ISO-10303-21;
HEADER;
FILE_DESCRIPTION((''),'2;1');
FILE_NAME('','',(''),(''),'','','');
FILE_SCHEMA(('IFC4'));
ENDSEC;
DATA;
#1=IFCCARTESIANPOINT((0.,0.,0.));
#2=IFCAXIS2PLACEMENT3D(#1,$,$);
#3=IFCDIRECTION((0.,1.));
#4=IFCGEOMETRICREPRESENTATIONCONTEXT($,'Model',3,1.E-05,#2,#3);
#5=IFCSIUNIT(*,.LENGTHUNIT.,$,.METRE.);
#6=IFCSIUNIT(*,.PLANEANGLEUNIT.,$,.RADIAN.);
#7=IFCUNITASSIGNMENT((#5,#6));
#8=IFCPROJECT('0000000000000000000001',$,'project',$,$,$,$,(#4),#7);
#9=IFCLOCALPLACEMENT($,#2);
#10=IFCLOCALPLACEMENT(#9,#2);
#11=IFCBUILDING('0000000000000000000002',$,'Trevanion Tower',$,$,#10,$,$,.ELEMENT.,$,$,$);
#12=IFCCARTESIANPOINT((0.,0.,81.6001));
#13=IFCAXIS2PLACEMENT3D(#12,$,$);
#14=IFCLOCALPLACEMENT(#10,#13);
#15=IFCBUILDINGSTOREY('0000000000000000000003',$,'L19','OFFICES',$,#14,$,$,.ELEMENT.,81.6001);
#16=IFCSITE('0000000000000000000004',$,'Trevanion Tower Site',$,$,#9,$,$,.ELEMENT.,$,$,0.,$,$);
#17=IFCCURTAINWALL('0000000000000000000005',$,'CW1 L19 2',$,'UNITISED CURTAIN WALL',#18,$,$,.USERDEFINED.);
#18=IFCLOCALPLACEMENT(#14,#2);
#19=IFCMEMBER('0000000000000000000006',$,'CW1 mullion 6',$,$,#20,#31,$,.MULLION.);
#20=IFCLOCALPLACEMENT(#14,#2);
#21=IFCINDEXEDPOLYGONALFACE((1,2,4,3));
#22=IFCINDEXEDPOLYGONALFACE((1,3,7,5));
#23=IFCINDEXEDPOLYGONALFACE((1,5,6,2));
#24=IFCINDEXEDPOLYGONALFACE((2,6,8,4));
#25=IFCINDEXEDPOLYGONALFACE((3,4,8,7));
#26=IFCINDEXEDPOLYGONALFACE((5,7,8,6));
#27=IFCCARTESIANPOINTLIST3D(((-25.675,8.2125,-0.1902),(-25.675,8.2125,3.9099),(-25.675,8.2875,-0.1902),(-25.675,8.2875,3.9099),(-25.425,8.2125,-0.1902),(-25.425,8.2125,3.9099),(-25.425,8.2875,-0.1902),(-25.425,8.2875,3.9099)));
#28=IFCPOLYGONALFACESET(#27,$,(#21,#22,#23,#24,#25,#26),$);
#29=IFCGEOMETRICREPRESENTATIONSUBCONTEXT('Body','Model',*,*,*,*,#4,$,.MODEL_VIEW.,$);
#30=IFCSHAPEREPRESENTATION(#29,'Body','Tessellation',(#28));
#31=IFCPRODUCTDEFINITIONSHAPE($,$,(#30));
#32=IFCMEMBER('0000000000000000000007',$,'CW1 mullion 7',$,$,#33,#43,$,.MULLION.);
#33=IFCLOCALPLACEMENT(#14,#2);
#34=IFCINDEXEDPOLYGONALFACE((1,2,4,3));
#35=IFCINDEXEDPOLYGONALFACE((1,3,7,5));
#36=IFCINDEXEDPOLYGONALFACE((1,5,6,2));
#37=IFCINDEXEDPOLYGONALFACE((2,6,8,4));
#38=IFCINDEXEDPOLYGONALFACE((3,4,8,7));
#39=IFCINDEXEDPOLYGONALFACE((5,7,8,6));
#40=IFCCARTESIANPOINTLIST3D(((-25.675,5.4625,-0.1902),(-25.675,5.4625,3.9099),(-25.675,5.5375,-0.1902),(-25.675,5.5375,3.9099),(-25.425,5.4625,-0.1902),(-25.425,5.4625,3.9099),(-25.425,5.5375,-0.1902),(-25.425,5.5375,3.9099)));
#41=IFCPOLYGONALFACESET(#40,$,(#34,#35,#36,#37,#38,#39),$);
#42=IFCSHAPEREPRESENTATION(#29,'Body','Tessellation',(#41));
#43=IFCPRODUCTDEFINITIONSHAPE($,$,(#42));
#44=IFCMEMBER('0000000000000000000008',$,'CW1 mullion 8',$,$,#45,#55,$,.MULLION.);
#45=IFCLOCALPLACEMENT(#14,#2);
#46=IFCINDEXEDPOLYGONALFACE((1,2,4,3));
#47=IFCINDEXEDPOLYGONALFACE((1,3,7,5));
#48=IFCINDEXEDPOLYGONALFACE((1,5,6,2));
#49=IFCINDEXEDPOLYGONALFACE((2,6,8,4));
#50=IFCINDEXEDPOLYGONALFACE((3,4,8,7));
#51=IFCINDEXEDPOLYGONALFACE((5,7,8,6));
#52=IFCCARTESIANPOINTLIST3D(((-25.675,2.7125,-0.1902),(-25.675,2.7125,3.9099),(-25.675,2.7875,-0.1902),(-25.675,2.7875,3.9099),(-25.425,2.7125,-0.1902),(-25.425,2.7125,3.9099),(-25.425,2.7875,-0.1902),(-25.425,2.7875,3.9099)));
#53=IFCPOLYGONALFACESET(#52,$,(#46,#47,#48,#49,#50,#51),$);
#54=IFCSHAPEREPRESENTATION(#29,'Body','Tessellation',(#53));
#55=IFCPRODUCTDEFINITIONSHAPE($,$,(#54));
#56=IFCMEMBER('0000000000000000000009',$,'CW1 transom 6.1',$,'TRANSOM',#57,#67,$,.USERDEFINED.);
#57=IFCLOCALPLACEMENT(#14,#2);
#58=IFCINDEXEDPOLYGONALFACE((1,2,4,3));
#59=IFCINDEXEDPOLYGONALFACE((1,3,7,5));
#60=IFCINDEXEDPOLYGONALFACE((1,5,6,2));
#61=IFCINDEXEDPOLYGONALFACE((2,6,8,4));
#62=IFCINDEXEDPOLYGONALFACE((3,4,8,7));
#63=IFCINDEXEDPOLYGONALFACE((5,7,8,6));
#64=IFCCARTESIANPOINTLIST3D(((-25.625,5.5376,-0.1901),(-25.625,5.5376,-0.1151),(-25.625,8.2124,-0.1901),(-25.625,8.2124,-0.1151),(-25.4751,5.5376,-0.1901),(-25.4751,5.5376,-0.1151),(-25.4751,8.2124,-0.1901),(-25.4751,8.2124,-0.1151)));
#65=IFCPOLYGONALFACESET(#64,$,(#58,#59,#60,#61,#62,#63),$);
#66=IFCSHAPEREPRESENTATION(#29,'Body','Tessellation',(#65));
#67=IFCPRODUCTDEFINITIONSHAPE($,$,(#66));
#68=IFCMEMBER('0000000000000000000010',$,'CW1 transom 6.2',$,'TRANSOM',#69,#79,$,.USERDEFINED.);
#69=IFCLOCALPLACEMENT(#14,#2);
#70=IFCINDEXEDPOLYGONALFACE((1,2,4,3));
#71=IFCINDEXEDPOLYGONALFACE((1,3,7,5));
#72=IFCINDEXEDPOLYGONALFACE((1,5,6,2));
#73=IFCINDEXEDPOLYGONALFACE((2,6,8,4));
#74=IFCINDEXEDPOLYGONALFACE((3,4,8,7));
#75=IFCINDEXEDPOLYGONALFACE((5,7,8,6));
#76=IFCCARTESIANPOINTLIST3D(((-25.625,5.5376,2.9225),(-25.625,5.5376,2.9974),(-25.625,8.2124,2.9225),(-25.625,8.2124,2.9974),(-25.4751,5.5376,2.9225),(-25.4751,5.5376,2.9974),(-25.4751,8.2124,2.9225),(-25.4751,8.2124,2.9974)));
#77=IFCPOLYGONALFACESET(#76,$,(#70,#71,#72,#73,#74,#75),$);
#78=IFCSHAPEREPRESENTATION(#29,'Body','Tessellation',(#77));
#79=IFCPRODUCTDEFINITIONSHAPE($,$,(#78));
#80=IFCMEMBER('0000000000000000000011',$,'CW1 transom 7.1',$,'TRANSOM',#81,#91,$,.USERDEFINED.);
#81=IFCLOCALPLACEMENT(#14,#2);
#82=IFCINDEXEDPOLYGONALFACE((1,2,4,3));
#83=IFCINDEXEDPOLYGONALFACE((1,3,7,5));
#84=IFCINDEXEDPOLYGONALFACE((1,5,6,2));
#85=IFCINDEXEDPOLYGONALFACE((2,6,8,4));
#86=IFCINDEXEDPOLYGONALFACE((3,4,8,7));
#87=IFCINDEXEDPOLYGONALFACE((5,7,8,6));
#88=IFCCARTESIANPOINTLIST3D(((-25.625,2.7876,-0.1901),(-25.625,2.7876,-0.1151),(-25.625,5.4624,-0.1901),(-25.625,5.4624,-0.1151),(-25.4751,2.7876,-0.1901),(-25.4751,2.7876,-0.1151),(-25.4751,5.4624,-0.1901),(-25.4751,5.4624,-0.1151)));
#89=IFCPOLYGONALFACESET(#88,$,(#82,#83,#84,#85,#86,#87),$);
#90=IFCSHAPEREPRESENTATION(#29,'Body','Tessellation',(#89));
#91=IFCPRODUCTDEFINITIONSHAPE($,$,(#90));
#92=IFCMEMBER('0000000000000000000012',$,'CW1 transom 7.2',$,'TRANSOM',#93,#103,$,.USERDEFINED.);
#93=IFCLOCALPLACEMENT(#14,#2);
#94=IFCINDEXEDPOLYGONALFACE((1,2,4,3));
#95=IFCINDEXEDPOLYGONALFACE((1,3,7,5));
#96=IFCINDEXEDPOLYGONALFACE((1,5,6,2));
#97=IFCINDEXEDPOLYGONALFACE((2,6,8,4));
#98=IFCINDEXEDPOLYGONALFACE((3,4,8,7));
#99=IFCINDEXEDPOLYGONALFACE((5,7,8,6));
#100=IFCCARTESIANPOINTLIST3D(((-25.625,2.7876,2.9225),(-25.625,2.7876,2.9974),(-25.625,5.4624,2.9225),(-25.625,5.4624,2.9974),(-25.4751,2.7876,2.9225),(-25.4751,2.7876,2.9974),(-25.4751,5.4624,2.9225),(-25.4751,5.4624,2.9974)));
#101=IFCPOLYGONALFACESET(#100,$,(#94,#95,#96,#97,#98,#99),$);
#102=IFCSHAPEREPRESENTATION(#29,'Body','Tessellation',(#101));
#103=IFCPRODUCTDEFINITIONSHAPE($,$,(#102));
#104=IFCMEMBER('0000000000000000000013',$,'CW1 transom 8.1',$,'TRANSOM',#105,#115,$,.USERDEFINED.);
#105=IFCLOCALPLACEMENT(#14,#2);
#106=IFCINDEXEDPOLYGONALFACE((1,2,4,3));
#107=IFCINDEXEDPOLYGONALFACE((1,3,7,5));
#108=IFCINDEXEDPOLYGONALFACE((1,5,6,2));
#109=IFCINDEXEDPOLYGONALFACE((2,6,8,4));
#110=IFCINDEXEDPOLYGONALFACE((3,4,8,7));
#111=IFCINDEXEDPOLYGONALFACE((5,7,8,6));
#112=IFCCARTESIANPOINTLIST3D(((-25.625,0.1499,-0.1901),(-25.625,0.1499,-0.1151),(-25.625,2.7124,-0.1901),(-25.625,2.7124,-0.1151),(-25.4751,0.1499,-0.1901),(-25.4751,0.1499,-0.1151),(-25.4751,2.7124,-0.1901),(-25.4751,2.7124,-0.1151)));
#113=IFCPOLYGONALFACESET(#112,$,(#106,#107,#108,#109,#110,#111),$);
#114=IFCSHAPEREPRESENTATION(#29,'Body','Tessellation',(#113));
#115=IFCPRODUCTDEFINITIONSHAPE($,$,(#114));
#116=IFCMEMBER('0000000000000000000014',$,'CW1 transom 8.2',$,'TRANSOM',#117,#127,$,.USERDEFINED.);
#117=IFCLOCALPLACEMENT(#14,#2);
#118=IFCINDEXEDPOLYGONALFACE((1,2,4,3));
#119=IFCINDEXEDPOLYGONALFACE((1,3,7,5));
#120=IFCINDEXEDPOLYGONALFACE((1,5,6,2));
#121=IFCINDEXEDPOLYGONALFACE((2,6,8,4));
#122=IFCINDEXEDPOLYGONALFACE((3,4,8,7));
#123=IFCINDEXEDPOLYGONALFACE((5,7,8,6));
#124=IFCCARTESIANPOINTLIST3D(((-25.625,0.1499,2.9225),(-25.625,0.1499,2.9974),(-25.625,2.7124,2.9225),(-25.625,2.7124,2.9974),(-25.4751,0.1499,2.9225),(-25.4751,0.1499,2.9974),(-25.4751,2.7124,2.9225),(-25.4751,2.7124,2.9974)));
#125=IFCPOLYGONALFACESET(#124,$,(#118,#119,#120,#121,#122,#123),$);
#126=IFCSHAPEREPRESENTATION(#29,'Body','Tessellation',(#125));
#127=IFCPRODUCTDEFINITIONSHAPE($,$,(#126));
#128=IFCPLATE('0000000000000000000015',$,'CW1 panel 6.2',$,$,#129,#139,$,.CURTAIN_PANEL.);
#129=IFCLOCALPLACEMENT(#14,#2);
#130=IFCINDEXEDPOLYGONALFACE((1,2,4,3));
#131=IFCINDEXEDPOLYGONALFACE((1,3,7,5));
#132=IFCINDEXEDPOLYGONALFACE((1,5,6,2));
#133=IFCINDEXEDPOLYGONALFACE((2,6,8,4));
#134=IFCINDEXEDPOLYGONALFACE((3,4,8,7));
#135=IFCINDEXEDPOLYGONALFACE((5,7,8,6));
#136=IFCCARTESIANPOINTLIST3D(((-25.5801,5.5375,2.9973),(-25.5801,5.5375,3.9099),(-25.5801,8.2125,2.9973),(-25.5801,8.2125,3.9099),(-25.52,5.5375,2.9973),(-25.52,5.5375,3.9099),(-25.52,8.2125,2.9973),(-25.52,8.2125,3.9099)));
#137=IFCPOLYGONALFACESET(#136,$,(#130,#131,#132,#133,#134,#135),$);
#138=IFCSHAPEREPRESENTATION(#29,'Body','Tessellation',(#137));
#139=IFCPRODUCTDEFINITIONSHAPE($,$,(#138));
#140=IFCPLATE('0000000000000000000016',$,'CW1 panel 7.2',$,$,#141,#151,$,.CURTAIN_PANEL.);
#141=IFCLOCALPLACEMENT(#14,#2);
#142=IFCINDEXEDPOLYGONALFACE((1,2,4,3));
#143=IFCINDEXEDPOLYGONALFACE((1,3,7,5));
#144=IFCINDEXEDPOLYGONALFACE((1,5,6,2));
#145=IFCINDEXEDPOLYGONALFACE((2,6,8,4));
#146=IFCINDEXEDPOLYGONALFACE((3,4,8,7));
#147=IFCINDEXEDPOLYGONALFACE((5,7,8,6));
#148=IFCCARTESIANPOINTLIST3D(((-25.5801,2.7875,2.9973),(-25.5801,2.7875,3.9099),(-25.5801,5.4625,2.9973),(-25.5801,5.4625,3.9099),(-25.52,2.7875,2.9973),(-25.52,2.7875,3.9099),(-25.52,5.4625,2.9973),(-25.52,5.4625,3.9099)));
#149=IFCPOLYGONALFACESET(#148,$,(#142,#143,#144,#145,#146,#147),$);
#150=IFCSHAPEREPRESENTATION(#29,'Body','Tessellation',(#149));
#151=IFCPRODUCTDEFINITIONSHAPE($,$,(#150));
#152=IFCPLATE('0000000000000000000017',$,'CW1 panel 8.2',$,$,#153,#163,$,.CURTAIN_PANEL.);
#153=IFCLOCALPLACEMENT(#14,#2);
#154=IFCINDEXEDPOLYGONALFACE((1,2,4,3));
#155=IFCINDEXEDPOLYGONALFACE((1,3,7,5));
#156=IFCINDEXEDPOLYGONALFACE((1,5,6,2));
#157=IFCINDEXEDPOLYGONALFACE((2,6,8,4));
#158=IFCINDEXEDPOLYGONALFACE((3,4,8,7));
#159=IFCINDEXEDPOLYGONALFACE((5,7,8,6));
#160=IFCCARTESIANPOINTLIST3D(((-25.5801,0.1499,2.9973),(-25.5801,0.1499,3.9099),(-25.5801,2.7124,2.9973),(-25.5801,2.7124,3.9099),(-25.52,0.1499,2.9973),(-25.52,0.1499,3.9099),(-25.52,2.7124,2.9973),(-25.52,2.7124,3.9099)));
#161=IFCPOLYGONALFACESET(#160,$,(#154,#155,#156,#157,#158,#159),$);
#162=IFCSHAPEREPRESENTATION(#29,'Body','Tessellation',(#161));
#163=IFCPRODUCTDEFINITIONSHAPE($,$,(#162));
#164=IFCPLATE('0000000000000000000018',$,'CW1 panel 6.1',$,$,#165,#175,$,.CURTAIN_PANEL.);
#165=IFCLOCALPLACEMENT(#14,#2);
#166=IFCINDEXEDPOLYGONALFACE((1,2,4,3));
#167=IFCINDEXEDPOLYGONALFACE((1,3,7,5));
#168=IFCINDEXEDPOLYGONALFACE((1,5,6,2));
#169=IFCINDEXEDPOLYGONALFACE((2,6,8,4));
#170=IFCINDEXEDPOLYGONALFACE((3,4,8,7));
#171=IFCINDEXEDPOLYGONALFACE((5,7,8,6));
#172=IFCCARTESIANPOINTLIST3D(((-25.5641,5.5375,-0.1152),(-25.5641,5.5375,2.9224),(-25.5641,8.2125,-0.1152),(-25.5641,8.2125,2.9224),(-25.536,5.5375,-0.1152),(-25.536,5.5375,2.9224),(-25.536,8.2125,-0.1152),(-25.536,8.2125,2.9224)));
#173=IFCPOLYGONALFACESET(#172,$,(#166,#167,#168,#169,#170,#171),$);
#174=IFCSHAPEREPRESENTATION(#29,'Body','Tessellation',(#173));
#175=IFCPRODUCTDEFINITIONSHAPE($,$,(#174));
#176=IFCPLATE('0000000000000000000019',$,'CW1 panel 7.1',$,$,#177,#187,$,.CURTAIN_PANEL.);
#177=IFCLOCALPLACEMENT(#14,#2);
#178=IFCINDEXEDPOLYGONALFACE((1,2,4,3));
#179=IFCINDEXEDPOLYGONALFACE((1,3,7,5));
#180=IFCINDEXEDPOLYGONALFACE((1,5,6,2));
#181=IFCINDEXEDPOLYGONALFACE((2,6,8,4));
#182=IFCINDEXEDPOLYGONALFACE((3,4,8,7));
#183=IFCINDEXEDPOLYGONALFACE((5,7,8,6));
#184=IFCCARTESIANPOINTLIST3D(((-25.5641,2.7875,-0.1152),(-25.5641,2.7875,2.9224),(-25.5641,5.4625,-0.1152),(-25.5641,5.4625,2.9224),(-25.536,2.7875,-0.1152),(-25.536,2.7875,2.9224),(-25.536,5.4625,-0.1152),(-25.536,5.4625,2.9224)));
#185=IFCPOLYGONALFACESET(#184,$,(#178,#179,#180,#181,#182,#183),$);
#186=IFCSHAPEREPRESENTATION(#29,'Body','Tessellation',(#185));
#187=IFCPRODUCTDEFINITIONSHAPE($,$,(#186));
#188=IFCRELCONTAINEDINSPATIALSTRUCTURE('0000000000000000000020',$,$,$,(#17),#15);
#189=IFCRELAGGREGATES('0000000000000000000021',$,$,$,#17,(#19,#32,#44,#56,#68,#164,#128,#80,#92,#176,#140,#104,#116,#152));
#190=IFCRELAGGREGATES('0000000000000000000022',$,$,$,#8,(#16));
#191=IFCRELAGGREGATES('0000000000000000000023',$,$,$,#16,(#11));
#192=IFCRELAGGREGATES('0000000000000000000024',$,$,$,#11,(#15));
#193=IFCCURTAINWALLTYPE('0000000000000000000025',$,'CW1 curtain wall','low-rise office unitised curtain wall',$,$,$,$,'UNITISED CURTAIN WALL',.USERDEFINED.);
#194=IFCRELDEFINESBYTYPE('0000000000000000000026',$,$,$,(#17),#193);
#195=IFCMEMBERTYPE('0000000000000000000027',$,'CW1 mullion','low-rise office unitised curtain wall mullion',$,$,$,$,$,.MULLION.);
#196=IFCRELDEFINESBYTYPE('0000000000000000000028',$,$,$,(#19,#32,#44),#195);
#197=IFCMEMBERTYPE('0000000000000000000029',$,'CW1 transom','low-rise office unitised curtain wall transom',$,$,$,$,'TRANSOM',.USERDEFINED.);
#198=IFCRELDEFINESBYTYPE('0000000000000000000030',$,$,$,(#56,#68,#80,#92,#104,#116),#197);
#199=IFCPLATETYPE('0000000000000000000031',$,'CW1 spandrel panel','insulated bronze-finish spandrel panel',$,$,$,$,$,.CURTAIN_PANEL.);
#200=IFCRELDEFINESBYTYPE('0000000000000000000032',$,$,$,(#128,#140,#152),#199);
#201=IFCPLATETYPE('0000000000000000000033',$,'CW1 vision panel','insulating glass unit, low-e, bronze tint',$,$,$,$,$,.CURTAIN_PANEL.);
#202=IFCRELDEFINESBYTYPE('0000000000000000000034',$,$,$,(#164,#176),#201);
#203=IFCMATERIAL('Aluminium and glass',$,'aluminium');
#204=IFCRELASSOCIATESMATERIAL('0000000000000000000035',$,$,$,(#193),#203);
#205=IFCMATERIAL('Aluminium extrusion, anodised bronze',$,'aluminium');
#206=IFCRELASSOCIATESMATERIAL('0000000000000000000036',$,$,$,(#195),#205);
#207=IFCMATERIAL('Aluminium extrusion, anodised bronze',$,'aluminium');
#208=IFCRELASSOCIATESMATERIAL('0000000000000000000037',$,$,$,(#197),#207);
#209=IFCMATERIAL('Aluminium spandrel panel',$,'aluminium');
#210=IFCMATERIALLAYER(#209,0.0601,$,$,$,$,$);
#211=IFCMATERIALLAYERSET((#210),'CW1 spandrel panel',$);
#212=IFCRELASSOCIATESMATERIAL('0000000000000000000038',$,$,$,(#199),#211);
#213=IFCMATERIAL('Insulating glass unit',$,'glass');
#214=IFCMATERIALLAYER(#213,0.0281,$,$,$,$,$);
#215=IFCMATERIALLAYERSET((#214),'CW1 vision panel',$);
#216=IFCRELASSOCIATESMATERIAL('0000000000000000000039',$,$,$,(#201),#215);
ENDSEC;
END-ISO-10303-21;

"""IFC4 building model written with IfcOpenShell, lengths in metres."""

from ifc_helpers import new_model, si_unit, direction, frame, origin, origin_2d, place, context, subcontext, project, spatial, rectangle, extrude, material, layer, layer_set, material_profile, profile_set, type_object, element, aggregate, save


model = new_model("IFC4")

# Units and contexts
model_context = context("Model", 3, precision=1e-05, world=origin(), true_north=direction((0.0, 1.0)))
body_context = subcontext(model_context, "Body", "Model", "MODEL_VIEW")
ifc_project = project(units=[si_unit("LENGTHUNIT", "METRE"), si_unit("PLANEANGLEUNIT", "RADIAN")], contexts=[model_context])

# Site, building, storey
site_placement = place(None, origin())
site = spatial("IfcSite", under=ifc_project, at=site_placement, Name="Trevanion Tower Site", CompositionType="ELEMENT", RefElevation=0.0)
building_placement = place(site_placement, origin())
building = spatial("IfcBuilding", under=site, at=building_placement, Name="Trevanion Tower", CompositionType="ELEMENT")
storey_placement = place(building_placement, frame((0.0, 0.0, 81.6001)))
storey = spatial("IfcBuildingStorey", under=building, at=storey_placement, Name="L19", Description="OFFICES", CompositionType="ELEMENT", Elevation=81.6001)

# Curtain wall, members, plates
ifc_material_1 = material(Name="Aluminium and glass", Category="aluminium")
curtain_wall_type = type_object("IfcCurtainWallType", Name="CW1 curtain wall", Description="low-rise office unitised curtain wall", ElementType="UNITISED CURTAIN WALL", PredefinedType="USERDEFINED", material=ifc_material_1)
curtain_wall_placement = place(storey_placement, origin())
curtain_wall = element("IfcCurtainWall", 1, at=curtain_wall_placement, inside=storey, type_object=curtain_wall_type, Name="CW1 L19 2", ObjectType="UNITISED CURTAIN WALL", PredefinedType="USERDEFINED")
ifc_material_2 = material(Name="Aluminium extrusion, anodised bronze", Category="aluminium")
ifc_material_profile_1 = material_profile(ifc_material_2, rectangle(XDim=0.075, YDim=0.25, at=origin_2d()), Name="CW1 mullion")
ifc_profile_set_1 = profile_set([ifc_material_profile_1], Name="Aluminium extrusion, anodised bronze")
member_type_1 = type_object("IfcMemberType", Name="CW1 mullion", Description="low-rise office unitised curtain wall mullion", PredefinedType="MULLION", material=ifc_profile_set_1)
member_1_placement = place(storey_placement, frame((-25.55, 8.25, -0.1902), z_axis=(0.0, 0.0, 1.0), x_axis=(0.0, -1.0, 0.0)))
member_1 = element("IfcMember", 2, at=member_1_placement, type_object=member_type_1, Name="CW1 mullion 6", PredefinedType="MULLION", context=body_context, shape_type="SweptSolid", body=[
    extrude(rectangle(XDim=0.075, YDim=0.25, at=origin_2d()), origin(), (0.0, 0.0, 1.0), 4.1001),
])
member_2_placement = place(storey_placement, frame((-25.55, 5.5, -0.1902), z_axis=(0.0, 0.0, 1.0), x_axis=(0.0, -1.0, 0.0)))
member_2 = element("IfcMember", 3, at=member_2_placement, type_object=member_type_1, Name="CW1 mullion 7", PredefinedType="MULLION", context=body_context, shape_type="SweptSolid", body=[
    extrude(rectangle(XDim=0.075, YDim=0.25, at=origin_2d()), origin(), (0.0, 0.0, 1.0), 4.1001),
])
member_3_placement = place(storey_placement, frame((-25.55, 2.75, -0.1902), z_axis=(0.0, 0.0, 1.0), x_axis=(0.0, -1.0, 0.0)))
member_3 = element("IfcMember", 4, at=member_3_placement, type_object=member_type_1, Name="CW1 mullion 8", PredefinedType="MULLION", context=body_context, shape_type="SweptSolid", body=[
    extrude(rectangle(XDim=0.075, YDim=0.25, at=origin_2d()), origin(), (0.0, 0.0, 1.0), 4.1001),
])
ifc_material_3 = material(Name="Aluminium extrusion, anodised bronze", Category="aluminium")
ifc_material_profile_2 = material_profile(ifc_material_3, rectangle(XDim=0.1499, YDim=0.075, at=origin_2d()), Name="CW1 transom")
ifc_profile_set_2 = profile_set([ifc_material_profile_2], Name="Aluminium extrusion, anodised bronze")
member_type_2 = type_object("IfcMemberType", Name="CW1 transom", Description="low-rise office unitised curtain wall transom", ElementType="TRANSOM", PredefinedType="USERDEFINED", material=ifc_profile_set_2)
member_4_placement = place(storey_placement, frame((-25.55, 8.2124, -0.1526), z_axis=(0.0, -1.0, 0.0), x_axis=(1.0, 0.0, 0.0)))
member_4 = element("IfcMember", 5, at=member_4_placement, type_object=member_type_2, Name="CW1 transom 6.1", ObjectType="TRANSOM", PredefinedType="USERDEFINED", context=body_context, shape_type="SweptSolid", body=[
    extrude(rectangle(XDim=0.1499, YDim=0.075, at=origin_2d()), origin(), (0.0, 0.0, 1.0), 2.6748),
])
member_5_placement = place(storey_placement, frame((-25.55, 8.2124, 2.96), z_axis=(0.0, -1.0, 0.0), x_axis=(1.0, 0.0, 0.0)))
member_5 = element("IfcMember", 6, at=member_5_placement, type_object=member_type_2, Name="CW1 transom 6.2", ObjectType="TRANSOM", PredefinedType="USERDEFINED", context=body_context, shape_type="SweptSolid", body=[
    extrude(rectangle(XDim=0.1499, YDim=0.075, at=origin_2d()), origin(), (0.0, 0.0, 1.0), 2.6748),
])
member_6_placement = place(storey_placement, frame((-25.55, 5.4624, -0.1526), z_axis=(0.0, -1.0, 0.0), x_axis=(1.0, 0.0, 0.0)))
member_6 = element("IfcMember", 7, at=member_6_placement, type_object=member_type_2, Name="CW1 transom 7.1", ObjectType="TRANSOM", PredefinedType="USERDEFINED", context=body_context, shape_type="SweptSolid", body=[
    extrude(rectangle(XDim=0.1499, YDim=0.075, at=origin_2d()), origin(), (0.0, 0.0, 1.0), 2.6748),
])
member_7_placement = place(storey_placement, frame((-25.55, 5.4624, 2.96), z_axis=(0.0, -1.0, 0.0), x_axis=(1.0, 0.0, 0.0)))
member_7 = element("IfcMember", 8, at=member_7_placement, type_object=member_type_2, Name="CW1 transom 7.2", ObjectType="TRANSOM", PredefinedType="USERDEFINED", context=body_context, shape_type="SweptSolid", body=[
    extrude(rectangle(XDim=0.1499, YDim=0.075, at=origin_2d()), origin(), (0.0, 0.0, 1.0), 2.6748),
])
member_8_placement = place(storey_placement, frame((-25.55, 2.7124, -0.1526), z_axis=(0.0, -1.0, 0.0), x_axis=(1.0, 0.0, 0.0)))
member_8 = element("IfcMember", 9, at=member_8_placement, type_object=member_type_2, Name="CW1 transom 8.1", ObjectType="TRANSOM", PredefinedType="USERDEFINED", context=body_context, shape_type="SweptSolid", body=[
    extrude(rectangle(XDim=0.1499, YDim=0.075, at=origin_2d()), origin(), (0.0, 0.0, 1.0), 2.5625),
])
member_9_placement = place(storey_placement, frame((-25.55, 2.7124, 2.96), z_axis=(0.0, -1.0, 0.0), x_axis=(1.0, 0.0, 0.0)))
member_9 = element("IfcMember", 10, at=member_9_placement, type_object=member_type_2, Name="CW1 transom 8.2", ObjectType="TRANSOM", PredefinedType="USERDEFINED", context=body_context, shape_type="SweptSolid", body=[
    extrude(rectangle(XDim=0.1499, YDim=0.075, at=origin_2d()), origin(), (0.0, 0.0, 1.0), 2.5625),
])
ifc_material_4 = material(Name="Aluminium spandrel panel", Category="aluminium")
ifc_layer_1 = layer(ifc_material_4, 0.0601)
ifc_layer_set_1 = layer_set([ifc_layer_1], Name="CW1 spandrel panel")
plate_type_1 = type_object("IfcPlateType", Name="CW1 spandrel panel", Description="insulated bronze-finish spandrel panel", PredefinedType="CURTAIN_PANEL", material=ifc_layer_set_1)
plate_1_placement = place(storey_placement, frame((-25.55, 6.875, 2.9973), z_axis=(0.0, 0.0, 1.0), x_axis=(0.0, -1.0, 0.0)))
plate_1 = element("IfcPlate", 11, at=plate_1_placement, type_object=plate_type_1, Name="CW1 panel 6.2", PredefinedType="CURTAIN_PANEL", context=body_context, shape_type="SweptSolid", body=[
    extrude(rectangle(XDim=2.675, YDim=0.0601, at=origin_2d()), origin(), (0.0, 0.0, 1.0), 0.9126),
])
plate_2_placement = place(storey_placement, frame((-25.55, 4.125, 2.9973), z_axis=(0.0, 0.0, 1.0), x_axis=(0.0, -1.0, 0.0)))
plate_2 = element("IfcPlate", 12, at=plate_2_placement, type_object=plate_type_1, Name="CW1 panel 7.2", PredefinedType="CURTAIN_PANEL", context=body_context, shape_type="SweptSolid", body=[
    extrude(rectangle(XDim=2.675, YDim=0.0601, at=origin_2d()), origin(), (0.0, 0.0, 1.0), 0.9126),
])
plate_3_placement = place(storey_placement, frame((-25.55, 1.4312, 2.9973), z_axis=(0.0, 0.0, 1.0), x_axis=(0.0, -1.0, 0.0)))
plate_3 = element("IfcPlate", 13, at=plate_3_placement, type_object=plate_type_1, Name="CW1 panel 8.2", PredefinedType="CURTAIN_PANEL", context=body_context, shape_type="SweptSolid", body=[
    extrude(rectangle(XDim=2.5625, YDim=0.0601, at=origin_2d()), origin(), (0.0, 0.0, 1.0), 0.9126),
])
ifc_material_5 = material(Name="Insulating glass unit", Category="glass")
ifc_layer_2 = layer(ifc_material_5, 0.0281)
ifc_layer_set_2 = layer_set([ifc_layer_2], Name="CW1 vision panel")
plate_type_2 = type_object("IfcPlateType", Name="CW1 vision panel", Description="insulating glass unit, low-e, bronze tint", PredefinedType="CURTAIN_PANEL", material=ifc_layer_set_2)
plate_4_placement = place(storey_placement, frame((-25.55, 6.875, -0.1152), z_axis=(0.0, 0.0, 1.0), x_axis=(0.0, -1.0, 0.0)))
plate_4 = element("IfcPlate", 14, at=plate_4_placement, type_object=plate_type_2, Name="CW1 panel 6.1", PredefinedType="CURTAIN_PANEL", context=body_context, shape_type="SweptSolid", body=[
    extrude(rectangle(XDim=2.675, YDim=0.0281, at=origin_2d()), origin(), (0.0, 0.0, 1.0), 3.0376),
])
plate_5_placement = place(storey_placement, frame((-25.55, 4.125, -0.1152), z_axis=(0.0, 0.0, 1.0), x_axis=(0.0, -1.0, 0.0)))
plate_5 = element("IfcPlate", 15, at=plate_5_placement, type_object=plate_type_2, Name="CW1 panel 7.1", PredefinedType="CURTAIN_PANEL", context=body_context, shape_type="SweptSolid", body=[
    extrude(rectangle(XDim=2.675, YDim=0.0281, at=origin_2d()), origin(), (0.0, 0.0, 1.0), 3.0376),
])
aggregate(curtain_wall, [member_1, member_2, member_3, member_4, member_5, plate_4, plate_1, member_6, member_7, plate_5, plate_2, member_8, member_9, plate_3])

save(model, "model.ifc")
